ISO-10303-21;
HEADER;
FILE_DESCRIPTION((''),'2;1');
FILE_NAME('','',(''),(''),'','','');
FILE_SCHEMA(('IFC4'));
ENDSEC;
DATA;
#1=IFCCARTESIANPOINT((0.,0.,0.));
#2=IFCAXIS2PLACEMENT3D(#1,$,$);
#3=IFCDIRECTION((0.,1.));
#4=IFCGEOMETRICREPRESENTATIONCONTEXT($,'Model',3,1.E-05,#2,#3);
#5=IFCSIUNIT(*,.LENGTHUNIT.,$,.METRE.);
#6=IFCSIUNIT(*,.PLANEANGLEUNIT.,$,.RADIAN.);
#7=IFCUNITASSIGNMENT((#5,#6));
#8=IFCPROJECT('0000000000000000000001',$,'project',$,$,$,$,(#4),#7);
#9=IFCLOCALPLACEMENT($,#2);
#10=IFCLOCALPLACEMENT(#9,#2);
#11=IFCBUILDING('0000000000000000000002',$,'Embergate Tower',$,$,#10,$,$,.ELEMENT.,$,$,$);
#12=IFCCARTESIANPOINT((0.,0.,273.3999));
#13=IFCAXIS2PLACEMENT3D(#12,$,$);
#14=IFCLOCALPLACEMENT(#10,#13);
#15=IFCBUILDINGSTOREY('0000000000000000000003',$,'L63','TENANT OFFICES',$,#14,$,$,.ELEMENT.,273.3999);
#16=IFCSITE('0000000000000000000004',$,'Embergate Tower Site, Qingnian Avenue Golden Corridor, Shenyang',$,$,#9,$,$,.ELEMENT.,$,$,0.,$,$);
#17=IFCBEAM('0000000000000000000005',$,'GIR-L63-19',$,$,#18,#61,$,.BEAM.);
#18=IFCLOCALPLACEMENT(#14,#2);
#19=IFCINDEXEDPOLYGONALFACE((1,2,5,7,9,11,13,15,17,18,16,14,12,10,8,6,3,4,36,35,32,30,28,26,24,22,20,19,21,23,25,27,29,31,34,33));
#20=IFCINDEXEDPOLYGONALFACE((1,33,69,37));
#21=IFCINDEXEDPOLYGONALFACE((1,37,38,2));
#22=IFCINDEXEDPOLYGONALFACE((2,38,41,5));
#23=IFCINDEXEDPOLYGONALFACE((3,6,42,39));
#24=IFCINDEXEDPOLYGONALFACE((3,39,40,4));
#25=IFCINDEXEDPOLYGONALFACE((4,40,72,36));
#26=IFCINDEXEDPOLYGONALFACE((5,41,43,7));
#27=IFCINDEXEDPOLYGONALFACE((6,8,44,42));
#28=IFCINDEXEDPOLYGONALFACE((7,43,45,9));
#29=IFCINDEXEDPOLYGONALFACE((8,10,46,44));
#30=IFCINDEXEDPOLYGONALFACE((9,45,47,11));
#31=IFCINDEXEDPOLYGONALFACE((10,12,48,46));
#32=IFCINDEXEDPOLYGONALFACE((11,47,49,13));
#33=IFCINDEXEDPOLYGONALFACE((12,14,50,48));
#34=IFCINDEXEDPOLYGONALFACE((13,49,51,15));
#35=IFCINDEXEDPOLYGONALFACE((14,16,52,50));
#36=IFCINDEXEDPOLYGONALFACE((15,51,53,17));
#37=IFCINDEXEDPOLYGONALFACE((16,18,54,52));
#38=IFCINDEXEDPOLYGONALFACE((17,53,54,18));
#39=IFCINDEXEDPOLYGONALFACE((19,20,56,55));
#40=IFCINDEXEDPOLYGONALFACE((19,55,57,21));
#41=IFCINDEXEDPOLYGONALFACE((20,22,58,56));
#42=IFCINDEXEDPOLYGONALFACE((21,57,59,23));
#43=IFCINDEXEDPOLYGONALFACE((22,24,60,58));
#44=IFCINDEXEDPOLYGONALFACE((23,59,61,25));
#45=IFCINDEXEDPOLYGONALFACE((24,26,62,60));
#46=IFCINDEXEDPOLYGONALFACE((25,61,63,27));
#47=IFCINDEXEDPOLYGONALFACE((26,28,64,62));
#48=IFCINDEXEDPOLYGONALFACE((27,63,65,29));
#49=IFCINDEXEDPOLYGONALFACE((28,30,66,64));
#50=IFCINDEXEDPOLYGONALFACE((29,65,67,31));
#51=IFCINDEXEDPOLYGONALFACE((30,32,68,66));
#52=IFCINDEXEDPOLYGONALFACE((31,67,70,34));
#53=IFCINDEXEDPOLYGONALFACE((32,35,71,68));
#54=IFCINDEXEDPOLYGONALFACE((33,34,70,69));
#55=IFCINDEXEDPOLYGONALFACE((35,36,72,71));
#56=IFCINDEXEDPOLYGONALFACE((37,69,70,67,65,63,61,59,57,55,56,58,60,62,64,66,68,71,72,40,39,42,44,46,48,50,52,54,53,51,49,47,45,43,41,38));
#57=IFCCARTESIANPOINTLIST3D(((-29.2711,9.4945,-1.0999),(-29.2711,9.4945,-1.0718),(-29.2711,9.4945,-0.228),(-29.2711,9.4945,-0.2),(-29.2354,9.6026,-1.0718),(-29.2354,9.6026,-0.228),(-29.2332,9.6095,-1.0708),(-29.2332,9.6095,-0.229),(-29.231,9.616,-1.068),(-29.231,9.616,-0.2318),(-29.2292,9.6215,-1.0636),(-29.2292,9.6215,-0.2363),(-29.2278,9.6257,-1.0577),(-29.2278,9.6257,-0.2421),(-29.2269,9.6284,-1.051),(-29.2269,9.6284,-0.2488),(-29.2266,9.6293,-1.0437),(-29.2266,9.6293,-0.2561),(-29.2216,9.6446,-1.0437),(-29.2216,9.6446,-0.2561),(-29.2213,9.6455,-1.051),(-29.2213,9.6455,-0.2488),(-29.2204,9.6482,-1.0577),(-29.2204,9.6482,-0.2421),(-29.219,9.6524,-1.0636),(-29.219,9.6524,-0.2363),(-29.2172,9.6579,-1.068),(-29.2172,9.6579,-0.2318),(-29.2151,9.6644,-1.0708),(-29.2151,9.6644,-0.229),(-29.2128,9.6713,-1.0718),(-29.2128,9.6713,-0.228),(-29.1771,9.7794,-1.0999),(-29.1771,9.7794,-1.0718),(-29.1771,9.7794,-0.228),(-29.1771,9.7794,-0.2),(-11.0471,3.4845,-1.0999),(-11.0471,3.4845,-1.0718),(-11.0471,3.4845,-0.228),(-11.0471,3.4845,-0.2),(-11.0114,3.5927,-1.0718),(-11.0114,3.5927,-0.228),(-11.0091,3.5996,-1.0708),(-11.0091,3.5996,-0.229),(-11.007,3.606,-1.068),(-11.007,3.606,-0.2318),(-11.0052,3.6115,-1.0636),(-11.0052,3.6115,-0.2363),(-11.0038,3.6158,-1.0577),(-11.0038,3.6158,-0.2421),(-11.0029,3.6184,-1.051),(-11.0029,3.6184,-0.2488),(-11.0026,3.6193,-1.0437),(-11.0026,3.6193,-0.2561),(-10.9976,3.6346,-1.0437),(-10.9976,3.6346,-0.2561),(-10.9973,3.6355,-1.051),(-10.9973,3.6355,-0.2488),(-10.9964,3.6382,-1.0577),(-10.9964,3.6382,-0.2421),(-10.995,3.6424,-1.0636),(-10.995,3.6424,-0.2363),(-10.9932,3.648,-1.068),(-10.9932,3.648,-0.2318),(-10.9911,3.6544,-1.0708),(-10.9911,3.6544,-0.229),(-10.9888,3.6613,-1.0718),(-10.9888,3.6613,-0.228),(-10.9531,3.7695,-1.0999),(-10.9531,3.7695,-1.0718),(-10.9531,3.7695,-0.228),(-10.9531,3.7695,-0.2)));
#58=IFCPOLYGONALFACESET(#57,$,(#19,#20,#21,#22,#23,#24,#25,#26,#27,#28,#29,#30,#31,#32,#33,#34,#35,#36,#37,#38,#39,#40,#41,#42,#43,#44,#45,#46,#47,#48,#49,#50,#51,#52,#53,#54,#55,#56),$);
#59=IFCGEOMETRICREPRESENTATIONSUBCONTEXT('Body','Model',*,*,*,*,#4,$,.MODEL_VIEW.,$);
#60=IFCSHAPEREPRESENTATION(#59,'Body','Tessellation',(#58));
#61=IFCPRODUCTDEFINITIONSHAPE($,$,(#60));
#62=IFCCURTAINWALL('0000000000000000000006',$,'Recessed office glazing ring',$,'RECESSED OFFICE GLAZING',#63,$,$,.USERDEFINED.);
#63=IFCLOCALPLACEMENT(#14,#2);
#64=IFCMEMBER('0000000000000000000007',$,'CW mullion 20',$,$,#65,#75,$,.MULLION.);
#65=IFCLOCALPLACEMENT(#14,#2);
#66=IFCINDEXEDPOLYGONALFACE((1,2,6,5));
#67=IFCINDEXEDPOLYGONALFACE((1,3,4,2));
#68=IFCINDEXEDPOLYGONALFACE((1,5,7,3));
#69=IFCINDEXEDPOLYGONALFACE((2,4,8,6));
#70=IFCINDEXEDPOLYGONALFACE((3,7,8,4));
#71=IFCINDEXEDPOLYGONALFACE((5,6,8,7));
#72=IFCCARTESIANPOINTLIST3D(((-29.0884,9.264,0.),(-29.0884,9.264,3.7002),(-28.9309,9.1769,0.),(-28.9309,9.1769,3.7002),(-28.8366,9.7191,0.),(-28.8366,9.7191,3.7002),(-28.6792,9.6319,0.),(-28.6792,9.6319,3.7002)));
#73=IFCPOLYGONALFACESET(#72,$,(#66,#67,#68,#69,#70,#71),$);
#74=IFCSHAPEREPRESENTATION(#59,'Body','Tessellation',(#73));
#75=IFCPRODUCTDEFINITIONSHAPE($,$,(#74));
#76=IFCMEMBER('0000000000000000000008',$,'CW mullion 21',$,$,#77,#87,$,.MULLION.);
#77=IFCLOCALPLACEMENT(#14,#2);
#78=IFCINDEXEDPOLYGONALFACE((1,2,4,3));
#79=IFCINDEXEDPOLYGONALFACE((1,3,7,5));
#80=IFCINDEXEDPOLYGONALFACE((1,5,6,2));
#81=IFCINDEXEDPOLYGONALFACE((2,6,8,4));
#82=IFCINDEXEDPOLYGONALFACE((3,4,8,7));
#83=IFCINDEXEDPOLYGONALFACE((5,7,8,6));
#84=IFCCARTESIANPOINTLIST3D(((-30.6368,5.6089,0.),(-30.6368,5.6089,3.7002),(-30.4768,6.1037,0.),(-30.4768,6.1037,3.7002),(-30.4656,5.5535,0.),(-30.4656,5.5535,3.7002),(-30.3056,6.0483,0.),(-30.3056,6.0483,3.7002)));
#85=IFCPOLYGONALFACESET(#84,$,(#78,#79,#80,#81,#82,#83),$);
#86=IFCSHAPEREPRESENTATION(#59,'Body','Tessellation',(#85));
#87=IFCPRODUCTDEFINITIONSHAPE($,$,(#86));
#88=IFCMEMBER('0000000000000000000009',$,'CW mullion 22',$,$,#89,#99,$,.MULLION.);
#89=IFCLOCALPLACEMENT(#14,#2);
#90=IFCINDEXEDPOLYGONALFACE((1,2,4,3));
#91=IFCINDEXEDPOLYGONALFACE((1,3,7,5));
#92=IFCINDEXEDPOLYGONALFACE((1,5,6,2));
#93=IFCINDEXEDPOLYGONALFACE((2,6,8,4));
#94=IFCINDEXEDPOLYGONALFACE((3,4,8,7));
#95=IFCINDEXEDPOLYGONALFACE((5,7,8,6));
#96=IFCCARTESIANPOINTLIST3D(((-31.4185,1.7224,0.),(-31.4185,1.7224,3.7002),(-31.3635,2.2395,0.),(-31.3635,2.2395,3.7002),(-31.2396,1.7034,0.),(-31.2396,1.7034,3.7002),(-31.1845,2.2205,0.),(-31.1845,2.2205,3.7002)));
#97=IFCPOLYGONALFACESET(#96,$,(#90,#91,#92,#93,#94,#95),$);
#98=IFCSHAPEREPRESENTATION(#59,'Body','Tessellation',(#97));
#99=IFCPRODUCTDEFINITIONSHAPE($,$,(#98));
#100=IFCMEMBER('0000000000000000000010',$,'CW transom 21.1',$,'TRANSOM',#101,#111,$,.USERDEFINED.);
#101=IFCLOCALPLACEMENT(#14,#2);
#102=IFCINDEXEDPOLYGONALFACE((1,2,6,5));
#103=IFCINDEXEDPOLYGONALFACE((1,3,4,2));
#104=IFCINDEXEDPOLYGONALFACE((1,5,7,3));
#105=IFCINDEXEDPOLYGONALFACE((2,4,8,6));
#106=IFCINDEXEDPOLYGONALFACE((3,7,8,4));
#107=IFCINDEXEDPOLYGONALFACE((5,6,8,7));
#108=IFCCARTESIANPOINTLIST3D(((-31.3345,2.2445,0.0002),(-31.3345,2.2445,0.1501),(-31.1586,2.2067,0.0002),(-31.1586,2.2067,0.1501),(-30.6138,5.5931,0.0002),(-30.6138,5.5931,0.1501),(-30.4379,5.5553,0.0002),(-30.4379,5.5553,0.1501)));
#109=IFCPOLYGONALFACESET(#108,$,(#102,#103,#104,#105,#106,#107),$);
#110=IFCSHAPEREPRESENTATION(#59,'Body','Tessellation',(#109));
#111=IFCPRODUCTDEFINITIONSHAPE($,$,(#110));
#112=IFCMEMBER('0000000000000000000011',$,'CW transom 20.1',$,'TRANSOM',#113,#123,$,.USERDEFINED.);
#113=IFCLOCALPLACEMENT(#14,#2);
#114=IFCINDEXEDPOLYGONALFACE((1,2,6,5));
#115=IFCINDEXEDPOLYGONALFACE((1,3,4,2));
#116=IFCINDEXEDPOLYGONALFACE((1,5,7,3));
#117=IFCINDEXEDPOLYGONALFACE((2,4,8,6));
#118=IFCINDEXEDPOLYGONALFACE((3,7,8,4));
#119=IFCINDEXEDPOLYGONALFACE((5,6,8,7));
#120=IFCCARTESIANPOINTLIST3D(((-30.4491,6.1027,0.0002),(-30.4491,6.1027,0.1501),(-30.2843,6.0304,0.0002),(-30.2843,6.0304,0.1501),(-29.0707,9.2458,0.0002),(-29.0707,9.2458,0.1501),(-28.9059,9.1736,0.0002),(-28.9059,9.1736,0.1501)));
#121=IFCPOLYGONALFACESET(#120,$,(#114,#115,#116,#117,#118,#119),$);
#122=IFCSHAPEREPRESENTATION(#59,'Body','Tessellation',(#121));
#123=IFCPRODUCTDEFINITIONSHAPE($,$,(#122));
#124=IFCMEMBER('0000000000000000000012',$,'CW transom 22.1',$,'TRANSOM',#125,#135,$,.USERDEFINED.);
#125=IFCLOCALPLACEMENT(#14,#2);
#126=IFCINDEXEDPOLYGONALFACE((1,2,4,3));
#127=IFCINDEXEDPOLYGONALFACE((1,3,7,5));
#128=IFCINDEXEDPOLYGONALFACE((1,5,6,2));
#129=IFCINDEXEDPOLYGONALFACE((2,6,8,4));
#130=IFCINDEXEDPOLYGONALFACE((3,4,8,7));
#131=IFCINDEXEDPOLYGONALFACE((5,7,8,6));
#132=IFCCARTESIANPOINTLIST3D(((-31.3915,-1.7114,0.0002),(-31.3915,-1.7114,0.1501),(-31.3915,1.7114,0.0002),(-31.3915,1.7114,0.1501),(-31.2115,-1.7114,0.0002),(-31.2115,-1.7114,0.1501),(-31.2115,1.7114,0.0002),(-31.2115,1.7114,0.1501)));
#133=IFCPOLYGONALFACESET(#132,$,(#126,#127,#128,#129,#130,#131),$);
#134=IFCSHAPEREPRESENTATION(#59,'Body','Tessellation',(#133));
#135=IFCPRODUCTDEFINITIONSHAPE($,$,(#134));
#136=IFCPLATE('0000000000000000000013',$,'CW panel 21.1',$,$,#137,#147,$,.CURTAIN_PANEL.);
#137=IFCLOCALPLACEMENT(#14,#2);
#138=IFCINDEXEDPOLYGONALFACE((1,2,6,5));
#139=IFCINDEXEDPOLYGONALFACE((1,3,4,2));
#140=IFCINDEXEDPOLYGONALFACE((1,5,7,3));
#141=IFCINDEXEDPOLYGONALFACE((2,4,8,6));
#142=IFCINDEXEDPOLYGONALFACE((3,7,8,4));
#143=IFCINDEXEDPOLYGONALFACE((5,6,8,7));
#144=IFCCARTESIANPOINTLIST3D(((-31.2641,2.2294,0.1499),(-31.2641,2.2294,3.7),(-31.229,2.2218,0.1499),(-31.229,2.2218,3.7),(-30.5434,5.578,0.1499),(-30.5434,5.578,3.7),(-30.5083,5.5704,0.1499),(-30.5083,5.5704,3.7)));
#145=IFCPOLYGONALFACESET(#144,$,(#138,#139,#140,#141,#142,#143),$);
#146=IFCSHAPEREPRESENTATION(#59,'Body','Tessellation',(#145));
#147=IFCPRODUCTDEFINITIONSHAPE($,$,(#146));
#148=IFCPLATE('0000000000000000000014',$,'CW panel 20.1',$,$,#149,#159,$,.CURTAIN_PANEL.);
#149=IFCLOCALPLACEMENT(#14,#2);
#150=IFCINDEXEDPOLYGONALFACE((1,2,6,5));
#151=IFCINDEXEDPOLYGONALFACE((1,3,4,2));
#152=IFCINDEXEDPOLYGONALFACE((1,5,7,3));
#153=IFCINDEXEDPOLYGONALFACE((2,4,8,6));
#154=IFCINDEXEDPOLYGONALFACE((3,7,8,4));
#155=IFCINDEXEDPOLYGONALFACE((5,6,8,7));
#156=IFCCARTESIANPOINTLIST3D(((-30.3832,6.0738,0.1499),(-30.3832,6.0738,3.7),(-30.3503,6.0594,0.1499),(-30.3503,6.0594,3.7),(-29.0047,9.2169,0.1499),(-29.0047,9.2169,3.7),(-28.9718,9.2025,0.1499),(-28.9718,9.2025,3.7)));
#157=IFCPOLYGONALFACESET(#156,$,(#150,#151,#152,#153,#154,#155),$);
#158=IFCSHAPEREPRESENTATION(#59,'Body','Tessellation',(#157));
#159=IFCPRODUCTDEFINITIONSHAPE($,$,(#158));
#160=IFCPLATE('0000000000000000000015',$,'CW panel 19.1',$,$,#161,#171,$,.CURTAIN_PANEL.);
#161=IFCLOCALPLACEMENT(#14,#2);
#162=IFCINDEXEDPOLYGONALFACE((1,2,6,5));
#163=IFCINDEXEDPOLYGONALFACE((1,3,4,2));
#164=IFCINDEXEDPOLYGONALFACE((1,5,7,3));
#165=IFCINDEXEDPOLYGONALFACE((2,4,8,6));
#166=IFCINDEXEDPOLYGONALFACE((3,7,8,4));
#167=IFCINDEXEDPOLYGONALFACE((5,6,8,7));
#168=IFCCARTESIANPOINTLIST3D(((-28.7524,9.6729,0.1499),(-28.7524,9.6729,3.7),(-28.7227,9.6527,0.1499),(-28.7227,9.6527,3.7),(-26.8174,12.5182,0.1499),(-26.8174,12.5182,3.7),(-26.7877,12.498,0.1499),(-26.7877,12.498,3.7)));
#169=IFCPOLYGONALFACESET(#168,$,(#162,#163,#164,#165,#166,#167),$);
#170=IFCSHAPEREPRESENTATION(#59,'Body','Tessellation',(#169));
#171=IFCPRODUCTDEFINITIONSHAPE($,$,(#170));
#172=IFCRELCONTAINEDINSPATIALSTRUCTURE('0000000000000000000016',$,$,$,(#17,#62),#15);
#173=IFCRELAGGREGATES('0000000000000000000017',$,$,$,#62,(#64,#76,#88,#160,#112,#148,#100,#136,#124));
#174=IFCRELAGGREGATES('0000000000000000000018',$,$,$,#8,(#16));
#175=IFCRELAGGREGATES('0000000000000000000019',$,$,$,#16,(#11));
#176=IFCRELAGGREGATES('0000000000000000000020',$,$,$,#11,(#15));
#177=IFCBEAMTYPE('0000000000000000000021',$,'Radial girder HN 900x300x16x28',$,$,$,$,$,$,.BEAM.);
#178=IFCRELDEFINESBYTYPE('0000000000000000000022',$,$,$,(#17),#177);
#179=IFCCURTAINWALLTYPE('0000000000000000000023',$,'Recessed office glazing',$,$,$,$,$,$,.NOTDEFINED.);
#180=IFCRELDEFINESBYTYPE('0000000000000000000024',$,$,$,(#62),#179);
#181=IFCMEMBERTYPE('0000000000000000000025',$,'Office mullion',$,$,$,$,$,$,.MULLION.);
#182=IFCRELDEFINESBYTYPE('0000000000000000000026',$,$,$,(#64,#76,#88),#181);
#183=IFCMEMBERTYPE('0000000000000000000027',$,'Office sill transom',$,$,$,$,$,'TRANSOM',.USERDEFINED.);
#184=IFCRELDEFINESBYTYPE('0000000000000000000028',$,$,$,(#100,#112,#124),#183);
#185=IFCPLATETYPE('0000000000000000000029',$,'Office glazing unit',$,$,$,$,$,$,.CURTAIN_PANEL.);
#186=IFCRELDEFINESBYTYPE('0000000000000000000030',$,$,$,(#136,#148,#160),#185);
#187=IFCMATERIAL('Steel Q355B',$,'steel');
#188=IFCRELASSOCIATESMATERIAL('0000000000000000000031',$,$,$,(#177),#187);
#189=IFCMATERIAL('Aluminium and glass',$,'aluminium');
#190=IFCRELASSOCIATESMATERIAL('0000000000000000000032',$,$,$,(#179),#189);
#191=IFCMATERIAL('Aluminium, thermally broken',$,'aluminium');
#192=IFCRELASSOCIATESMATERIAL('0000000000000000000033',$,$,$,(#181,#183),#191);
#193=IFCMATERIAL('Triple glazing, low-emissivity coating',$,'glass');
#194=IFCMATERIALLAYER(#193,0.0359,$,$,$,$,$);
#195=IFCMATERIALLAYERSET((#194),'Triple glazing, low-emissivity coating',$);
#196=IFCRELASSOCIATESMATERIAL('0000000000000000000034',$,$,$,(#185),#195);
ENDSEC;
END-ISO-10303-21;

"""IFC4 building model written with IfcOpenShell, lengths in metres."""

from ifc_helpers import new_model, si_unit, direction, frame, origin, origin_2d, place, context, subcontext, project, spatial, rectangle, i_section, extrude, source, transform, mapped, material, layer, layer_set, material_profile, profile_set, type_object, element, aggregate, save


model = new_model("IFC4")

# Units and contexts
model_context = context("Model", 3, precision=1e-05, world=origin(), true_north=direction((0.0, 1.0)))
body_context = subcontext(model_context, "Body", "Model", "MODEL_VIEW")
ifc_project = project(units=[si_unit("LENGTHUNIT", "METRE"), si_unit("PLANEANGLEUNIT", "RADIAN")], contexts=[model_context])

# Site, building, storey
site_placement = place(None, origin())
site = spatial("IfcSite", under=ifc_project, at=site_placement, Name="Embergate Tower Site, Qingnian Avenue Golden Corridor, Shenyang", CompositionType="ELEMENT", RefElevation=0.0)
building_placement = place(site_placement, origin())
building = spatial("IfcBuilding", under=site, at=building_placement, Name="Embergate Tower", CompositionType="ELEMENT")
storey_placement = place(building_placement, frame((0.0, 0.0, 273.3999)))
storey = spatial("IfcBuildingStorey", under=building, at=storey_placement, Name="L63", Description="TENANT OFFICES", CompositionType="ELEMENT", Elevation=273.3999)

# Beam
ifc_material_1 = material(Name="Steel Q355B", Category="steel")
ifc_material_profile_1 = material_profile(ifc_material_1, i_section(OverallWidth=0.3, OverallDepth=0.8999, WebThickness=0.0161, FlangeThickness=0.0281, FilletRadius=0.0281, at=origin_2d()), Name="HN 900x300x16x28")
ifc_profile_set_1 = profile_set([ifc_material_profile_1], Name="Steel Q355 grade B")
beam_type_1 = type_object("IfcBeamType", Name="Radial girder HN 900x300x16x28", PredefinedType="BEAM", material=ifc_profile_set_1)
shared_shape_1 = source(origin(), body_context, "Body", "SweptSolid", [
    extrude(i_section(OverallWidth=0.3, OverallDepth=0.8999, WebThickness=0.0161, FlangeThickness=0.0281, FilletRadius=0.0281, at=origin_2d()), origin(), (0.0, 0.0, 1.0), 19.1895),
])
beam_1_placement = place(storey_placement, frame((-29.2241, 9.637, -0.6499), z_axis=(0.94969, -0.313192, 0.0), x_axis=(0.313192, 0.94969, 0.0)))
element("IfcBeam", 1, at=beam_1_placement, inside=storey, type_object=beam_type_1, Name="GIR-L63-19", PredefinedType="BEAM", context=body_context, shape_type="MappedRepresentation", body=[
    mapped(shared_shape_1, transform((0.0, 0.0, 0.0))),
])

# Curtain wall, members, plates
ifc_material_2 = material(Name="Aluminium and glass", Category="aluminium")
curtain_wall_type = type_object("IfcCurtainWallType", Name="Recessed office glazing", PredefinedType="NOTDEFINED", material=ifc_material_2)
curtain_wall_placement = place(storey_placement, origin())
curtain_wall = element("IfcCurtainWall", 2, at=curtain_wall_placement, inside=storey, type_object=curtain_wall_type, Name="Recessed office glazing ring", ObjectType="RECESSED OFFICE GLAZING", PredefinedType="USERDEFINED")
ifc_material_3 = material(Name="Aluminium, thermally broken", Category="aluminium")
ifc_material_profile_2 = material_profile(ifc_material_3, rectangle(XDim=0.1799, YDim=0.52, at=origin_2d()), Name="AL 520x180")
ifc_profile_set_2 = profile_set([ifc_material_profile_2], Name="Aluminium, thermally broken")
member_type_1 = type_object("IfcMemberType", Name="Office mullion", PredefinedType="MULLION", material=ifc_profile_set_2)
shared_shape_2 = source(origin(), body_context, "Body", "SweptSolid", [
    extrude(rectangle(XDim=0.1799, YDim=0.52, at=origin_2d()), origin(), (0.0, 0.0, 1.0), 3.7002),
])
member_1_placement = place(storey_placement, frame((-28.8838, 9.448, 0.0), z_axis=(0.0, 0.0, 1.0), x_axis=(0.874993, -0.484136, 0.0)))
member_1 = element("IfcMember", 3, at=member_1_placement, type_object=member_type_1, Name="CW mullion 20", PredefinedType="MULLION", context=body_context, shape_type="MappedRepresentation", body=[
    mapped(shared_shape_2, transform((0.0, 0.0, 0.0))),
])
member_2_placement = place(storey_placement, frame((-30.4712, 5.8286, 0.0), z_axis=(0.0, 0.0, 1.0), x_axis=(0.951493, -0.307671, 0.0)))
member_2 = element("IfcMember", 4, at=member_2_placement, type_object=member_type_1, Name="CW mullion 21", PredefinedType="MULLION", context=body_context, shape_type="MappedRepresentation", body=[
    mapped(shared_shape_2, transform((0.0, 0.0, 0.0))),
])
member_3_placement = place(storey_placement, frame((-31.3015, 1.9714, 0.0), z_axis=(0.0, 0.0, 1.0), x_axis=(0.994384, -0.10583, 0.0)))
member_3 = element("IfcMember", 5, at=member_3_placement, type_object=member_type_1, Name="CW mullion 22", PredefinedType="MULLION", context=body_context, shape_type="MappedRepresentation", body=[
    mapped(shared_shape_2, transform((0.0, 0.0, 0.0))),
])
ifc_material_profile_3 = material_profile(ifc_material_3, rectangle(XDim=0.1799, YDim=0.1499, at=origin_2d()), Name="AL 150x180")
ifc_profile_set_3 = profile_set([ifc_material_profile_3], Name="Aluminium, thermally broken")
member_type_2 = type_object("IfcMemberType", Name="Office sill transom", ElementType="TRANSOM", PredefinedType="USERDEFINED", material=ifc_profile_set_3)
shared_shape_3 = source(origin(), body_context, "Body", "SweptSolid", [
    extrude(rectangle(XDim=0.1799, YDim=0.1499, at=origin_2d()), origin(), (0.0, 0.0, 1.0), 3.4253),
])
member_4_placement = place(storey_placement, frame((-30.5259, 5.5742, 0.0752), z_axis=(-0.210405, -0.977614, 0.0), x_axis=(0.977614, -0.210405, 0.0)))
member_4 = element("IfcMember", 6, at=member_4_placement, type_object=member_type_2, Name="CW transom 21.1", ObjectType="TRANSOM", PredefinedType="USERDEFINED", context=body_context, shape_type="MappedRepresentation", body=[
    mapped(shared_shape_3, transform((0.0, 0.0, 0.0))),
])
shared_shape_4 = source(origin(), body_context, "Body", "SweptSolid", [
    extrude(rectangle(XDim=0.1799, YDim=0.1499, at=origin_2d()), origin(), (0.0, 0.0, 1.0), 3.4321),
])
member_5_placement = place(storey_placement, frame((-28.9883, 9.2097, 0.0752), z_axis=(-0.401632, -0.915801, 0.0), x_axis=(0.915801, -0.401632, 0.0)))
member_5 = element("IfcMember", 7, at=member_5_placement, type_object=member_type_2, Name="CW transom 20.1", ObjectType="TRANSOM", PredefinedType="USERDEFINED", context=body_context, shape_type="MappedRepresentation", body=[
    mapped(shared_shape_4, transform((0.0, 0.0, 0.0))),
])
shared_shape_5 = source(origin(), body_context, "Body", "SweptSolid", [
    extrude(rectangle(XDim=0.1799, YDim=0.1499, at=origin_2d()), origin(), (0.0, 0.0, 1.0), 3.4229),
])
member_6_placement = place(storey_placement, frame((-31.3015, 1.7114, 0.0752), z_axis=(0.0, -1.0, 0.0), x_axis=(1.0, 0.0, 0.0)))
member_6 = element("IfcMember", 8, at=member_6_placement, type_object=member_type_2, Name="CW transom 22.1", ObjectType="TRANSOM", PredefinedType="USERDEFINED", context=body_context, shape_type="MappedRepresentation", body=[
    mapped(shared_shape_5, transform((0.0, 0.0, 0.0))),
])
ifc_material_4 = material(Name="Triple glazing, low-emissivity coating", Category="glass")
ifc_layer_1 = layer(ifc_material_4, 0.0359)
ifc_layer_set_1 = layer_set([ifc_layer_1], Name="Triple glazing, low-emissivity coating")
plate_type = type_object("IfcPlateType", Name="Office glazing unit", PredefinedType="CURTAIN_PANEL", material=ifc_layer_set_1)
shared_shape_6 = source(origin(), body_context, "Body", "SweptSolid", [
    extrude(rectangle(XDim=3.4253, YDim=0.0359, at=origin_2d()), origin(), (0.0, 0.0, 1.0), 3.55),
])
plate_1_placement = place(storey_placement, frame((-30.8862, 3.8999, 0.1499), z_axis=(0.0, 0.0, 1.0), x_axis=(-0.210402, -0.977615, 0.0)))
plate_1 = element("IfcPlate", 9, at=plate_1_placement, type_object=plate_type, Name="CW panel 21.1", PredefinedType="CURTAIN_PANEL", context=body_context, shape_type="MappedRepresentation", body=[
    mapped(shared_shape_6, transform((0.0, 0.0, 0.0))),
])
shared_shape_7 = source(origin(), body_context, "Body", "SweptSolid", [
    extrude(rectangle(XDim=3.4321, YDim=0.0359, at=origin_2d()), origin(), (0.0, 0.0, 1.0), 3.55),
])
plate_2_placement = place(storey_placement, frame((-29.6775, 7.6382, 0.1499), z_axis=(0.0, 0.0, 1.0), x_axis=(-0.401658, -0.91579, 0.0)))
plate_2 = element("IfcPlate", 10, at=plate_2_placement, type_object=plate_type, Name="CW panel 20.1", PredefinedType="CURTAIN_PANEL", context=body_context, shape_type="MappedRepresentation", body=[
    mapped(shared_shape_7, transform((0.0, 0.0, 0.0))),
])
shared_shape_8 = source(origin(), body_context, "Body", "SweptSolid", [
    extrude(rectangle(XDim=3.4409, YDim=0.0359, at=origin_2d()), origin(), (0.0, 0.0, 1.0), 3.55),
])
plate_3_placement = place(storey_placement, frame((-27.77, 11.0854, 0.1499), z_axis=(0.0, 0.0, 1.0), x_axis=(-0.562349, -0.8269, 0.0)))
plate_3 = element("IfcPlate", 11, at=plate_3_placement, type_object=plate_type, Name="CW panel 19.1", PredefinedType="CURTAIN_PANEL", context=body_context, shape_type="MappedRepresentation", body=[
    mapped(shared_shape_8, transform((0.0, 0.0, 0.0))),
])
aggregate(curtain_wall, [member_1, member_2, member_3, plate_3, member_5, plate_2, member_4, plate_1, member_6])

save(model, "model.ifc")
